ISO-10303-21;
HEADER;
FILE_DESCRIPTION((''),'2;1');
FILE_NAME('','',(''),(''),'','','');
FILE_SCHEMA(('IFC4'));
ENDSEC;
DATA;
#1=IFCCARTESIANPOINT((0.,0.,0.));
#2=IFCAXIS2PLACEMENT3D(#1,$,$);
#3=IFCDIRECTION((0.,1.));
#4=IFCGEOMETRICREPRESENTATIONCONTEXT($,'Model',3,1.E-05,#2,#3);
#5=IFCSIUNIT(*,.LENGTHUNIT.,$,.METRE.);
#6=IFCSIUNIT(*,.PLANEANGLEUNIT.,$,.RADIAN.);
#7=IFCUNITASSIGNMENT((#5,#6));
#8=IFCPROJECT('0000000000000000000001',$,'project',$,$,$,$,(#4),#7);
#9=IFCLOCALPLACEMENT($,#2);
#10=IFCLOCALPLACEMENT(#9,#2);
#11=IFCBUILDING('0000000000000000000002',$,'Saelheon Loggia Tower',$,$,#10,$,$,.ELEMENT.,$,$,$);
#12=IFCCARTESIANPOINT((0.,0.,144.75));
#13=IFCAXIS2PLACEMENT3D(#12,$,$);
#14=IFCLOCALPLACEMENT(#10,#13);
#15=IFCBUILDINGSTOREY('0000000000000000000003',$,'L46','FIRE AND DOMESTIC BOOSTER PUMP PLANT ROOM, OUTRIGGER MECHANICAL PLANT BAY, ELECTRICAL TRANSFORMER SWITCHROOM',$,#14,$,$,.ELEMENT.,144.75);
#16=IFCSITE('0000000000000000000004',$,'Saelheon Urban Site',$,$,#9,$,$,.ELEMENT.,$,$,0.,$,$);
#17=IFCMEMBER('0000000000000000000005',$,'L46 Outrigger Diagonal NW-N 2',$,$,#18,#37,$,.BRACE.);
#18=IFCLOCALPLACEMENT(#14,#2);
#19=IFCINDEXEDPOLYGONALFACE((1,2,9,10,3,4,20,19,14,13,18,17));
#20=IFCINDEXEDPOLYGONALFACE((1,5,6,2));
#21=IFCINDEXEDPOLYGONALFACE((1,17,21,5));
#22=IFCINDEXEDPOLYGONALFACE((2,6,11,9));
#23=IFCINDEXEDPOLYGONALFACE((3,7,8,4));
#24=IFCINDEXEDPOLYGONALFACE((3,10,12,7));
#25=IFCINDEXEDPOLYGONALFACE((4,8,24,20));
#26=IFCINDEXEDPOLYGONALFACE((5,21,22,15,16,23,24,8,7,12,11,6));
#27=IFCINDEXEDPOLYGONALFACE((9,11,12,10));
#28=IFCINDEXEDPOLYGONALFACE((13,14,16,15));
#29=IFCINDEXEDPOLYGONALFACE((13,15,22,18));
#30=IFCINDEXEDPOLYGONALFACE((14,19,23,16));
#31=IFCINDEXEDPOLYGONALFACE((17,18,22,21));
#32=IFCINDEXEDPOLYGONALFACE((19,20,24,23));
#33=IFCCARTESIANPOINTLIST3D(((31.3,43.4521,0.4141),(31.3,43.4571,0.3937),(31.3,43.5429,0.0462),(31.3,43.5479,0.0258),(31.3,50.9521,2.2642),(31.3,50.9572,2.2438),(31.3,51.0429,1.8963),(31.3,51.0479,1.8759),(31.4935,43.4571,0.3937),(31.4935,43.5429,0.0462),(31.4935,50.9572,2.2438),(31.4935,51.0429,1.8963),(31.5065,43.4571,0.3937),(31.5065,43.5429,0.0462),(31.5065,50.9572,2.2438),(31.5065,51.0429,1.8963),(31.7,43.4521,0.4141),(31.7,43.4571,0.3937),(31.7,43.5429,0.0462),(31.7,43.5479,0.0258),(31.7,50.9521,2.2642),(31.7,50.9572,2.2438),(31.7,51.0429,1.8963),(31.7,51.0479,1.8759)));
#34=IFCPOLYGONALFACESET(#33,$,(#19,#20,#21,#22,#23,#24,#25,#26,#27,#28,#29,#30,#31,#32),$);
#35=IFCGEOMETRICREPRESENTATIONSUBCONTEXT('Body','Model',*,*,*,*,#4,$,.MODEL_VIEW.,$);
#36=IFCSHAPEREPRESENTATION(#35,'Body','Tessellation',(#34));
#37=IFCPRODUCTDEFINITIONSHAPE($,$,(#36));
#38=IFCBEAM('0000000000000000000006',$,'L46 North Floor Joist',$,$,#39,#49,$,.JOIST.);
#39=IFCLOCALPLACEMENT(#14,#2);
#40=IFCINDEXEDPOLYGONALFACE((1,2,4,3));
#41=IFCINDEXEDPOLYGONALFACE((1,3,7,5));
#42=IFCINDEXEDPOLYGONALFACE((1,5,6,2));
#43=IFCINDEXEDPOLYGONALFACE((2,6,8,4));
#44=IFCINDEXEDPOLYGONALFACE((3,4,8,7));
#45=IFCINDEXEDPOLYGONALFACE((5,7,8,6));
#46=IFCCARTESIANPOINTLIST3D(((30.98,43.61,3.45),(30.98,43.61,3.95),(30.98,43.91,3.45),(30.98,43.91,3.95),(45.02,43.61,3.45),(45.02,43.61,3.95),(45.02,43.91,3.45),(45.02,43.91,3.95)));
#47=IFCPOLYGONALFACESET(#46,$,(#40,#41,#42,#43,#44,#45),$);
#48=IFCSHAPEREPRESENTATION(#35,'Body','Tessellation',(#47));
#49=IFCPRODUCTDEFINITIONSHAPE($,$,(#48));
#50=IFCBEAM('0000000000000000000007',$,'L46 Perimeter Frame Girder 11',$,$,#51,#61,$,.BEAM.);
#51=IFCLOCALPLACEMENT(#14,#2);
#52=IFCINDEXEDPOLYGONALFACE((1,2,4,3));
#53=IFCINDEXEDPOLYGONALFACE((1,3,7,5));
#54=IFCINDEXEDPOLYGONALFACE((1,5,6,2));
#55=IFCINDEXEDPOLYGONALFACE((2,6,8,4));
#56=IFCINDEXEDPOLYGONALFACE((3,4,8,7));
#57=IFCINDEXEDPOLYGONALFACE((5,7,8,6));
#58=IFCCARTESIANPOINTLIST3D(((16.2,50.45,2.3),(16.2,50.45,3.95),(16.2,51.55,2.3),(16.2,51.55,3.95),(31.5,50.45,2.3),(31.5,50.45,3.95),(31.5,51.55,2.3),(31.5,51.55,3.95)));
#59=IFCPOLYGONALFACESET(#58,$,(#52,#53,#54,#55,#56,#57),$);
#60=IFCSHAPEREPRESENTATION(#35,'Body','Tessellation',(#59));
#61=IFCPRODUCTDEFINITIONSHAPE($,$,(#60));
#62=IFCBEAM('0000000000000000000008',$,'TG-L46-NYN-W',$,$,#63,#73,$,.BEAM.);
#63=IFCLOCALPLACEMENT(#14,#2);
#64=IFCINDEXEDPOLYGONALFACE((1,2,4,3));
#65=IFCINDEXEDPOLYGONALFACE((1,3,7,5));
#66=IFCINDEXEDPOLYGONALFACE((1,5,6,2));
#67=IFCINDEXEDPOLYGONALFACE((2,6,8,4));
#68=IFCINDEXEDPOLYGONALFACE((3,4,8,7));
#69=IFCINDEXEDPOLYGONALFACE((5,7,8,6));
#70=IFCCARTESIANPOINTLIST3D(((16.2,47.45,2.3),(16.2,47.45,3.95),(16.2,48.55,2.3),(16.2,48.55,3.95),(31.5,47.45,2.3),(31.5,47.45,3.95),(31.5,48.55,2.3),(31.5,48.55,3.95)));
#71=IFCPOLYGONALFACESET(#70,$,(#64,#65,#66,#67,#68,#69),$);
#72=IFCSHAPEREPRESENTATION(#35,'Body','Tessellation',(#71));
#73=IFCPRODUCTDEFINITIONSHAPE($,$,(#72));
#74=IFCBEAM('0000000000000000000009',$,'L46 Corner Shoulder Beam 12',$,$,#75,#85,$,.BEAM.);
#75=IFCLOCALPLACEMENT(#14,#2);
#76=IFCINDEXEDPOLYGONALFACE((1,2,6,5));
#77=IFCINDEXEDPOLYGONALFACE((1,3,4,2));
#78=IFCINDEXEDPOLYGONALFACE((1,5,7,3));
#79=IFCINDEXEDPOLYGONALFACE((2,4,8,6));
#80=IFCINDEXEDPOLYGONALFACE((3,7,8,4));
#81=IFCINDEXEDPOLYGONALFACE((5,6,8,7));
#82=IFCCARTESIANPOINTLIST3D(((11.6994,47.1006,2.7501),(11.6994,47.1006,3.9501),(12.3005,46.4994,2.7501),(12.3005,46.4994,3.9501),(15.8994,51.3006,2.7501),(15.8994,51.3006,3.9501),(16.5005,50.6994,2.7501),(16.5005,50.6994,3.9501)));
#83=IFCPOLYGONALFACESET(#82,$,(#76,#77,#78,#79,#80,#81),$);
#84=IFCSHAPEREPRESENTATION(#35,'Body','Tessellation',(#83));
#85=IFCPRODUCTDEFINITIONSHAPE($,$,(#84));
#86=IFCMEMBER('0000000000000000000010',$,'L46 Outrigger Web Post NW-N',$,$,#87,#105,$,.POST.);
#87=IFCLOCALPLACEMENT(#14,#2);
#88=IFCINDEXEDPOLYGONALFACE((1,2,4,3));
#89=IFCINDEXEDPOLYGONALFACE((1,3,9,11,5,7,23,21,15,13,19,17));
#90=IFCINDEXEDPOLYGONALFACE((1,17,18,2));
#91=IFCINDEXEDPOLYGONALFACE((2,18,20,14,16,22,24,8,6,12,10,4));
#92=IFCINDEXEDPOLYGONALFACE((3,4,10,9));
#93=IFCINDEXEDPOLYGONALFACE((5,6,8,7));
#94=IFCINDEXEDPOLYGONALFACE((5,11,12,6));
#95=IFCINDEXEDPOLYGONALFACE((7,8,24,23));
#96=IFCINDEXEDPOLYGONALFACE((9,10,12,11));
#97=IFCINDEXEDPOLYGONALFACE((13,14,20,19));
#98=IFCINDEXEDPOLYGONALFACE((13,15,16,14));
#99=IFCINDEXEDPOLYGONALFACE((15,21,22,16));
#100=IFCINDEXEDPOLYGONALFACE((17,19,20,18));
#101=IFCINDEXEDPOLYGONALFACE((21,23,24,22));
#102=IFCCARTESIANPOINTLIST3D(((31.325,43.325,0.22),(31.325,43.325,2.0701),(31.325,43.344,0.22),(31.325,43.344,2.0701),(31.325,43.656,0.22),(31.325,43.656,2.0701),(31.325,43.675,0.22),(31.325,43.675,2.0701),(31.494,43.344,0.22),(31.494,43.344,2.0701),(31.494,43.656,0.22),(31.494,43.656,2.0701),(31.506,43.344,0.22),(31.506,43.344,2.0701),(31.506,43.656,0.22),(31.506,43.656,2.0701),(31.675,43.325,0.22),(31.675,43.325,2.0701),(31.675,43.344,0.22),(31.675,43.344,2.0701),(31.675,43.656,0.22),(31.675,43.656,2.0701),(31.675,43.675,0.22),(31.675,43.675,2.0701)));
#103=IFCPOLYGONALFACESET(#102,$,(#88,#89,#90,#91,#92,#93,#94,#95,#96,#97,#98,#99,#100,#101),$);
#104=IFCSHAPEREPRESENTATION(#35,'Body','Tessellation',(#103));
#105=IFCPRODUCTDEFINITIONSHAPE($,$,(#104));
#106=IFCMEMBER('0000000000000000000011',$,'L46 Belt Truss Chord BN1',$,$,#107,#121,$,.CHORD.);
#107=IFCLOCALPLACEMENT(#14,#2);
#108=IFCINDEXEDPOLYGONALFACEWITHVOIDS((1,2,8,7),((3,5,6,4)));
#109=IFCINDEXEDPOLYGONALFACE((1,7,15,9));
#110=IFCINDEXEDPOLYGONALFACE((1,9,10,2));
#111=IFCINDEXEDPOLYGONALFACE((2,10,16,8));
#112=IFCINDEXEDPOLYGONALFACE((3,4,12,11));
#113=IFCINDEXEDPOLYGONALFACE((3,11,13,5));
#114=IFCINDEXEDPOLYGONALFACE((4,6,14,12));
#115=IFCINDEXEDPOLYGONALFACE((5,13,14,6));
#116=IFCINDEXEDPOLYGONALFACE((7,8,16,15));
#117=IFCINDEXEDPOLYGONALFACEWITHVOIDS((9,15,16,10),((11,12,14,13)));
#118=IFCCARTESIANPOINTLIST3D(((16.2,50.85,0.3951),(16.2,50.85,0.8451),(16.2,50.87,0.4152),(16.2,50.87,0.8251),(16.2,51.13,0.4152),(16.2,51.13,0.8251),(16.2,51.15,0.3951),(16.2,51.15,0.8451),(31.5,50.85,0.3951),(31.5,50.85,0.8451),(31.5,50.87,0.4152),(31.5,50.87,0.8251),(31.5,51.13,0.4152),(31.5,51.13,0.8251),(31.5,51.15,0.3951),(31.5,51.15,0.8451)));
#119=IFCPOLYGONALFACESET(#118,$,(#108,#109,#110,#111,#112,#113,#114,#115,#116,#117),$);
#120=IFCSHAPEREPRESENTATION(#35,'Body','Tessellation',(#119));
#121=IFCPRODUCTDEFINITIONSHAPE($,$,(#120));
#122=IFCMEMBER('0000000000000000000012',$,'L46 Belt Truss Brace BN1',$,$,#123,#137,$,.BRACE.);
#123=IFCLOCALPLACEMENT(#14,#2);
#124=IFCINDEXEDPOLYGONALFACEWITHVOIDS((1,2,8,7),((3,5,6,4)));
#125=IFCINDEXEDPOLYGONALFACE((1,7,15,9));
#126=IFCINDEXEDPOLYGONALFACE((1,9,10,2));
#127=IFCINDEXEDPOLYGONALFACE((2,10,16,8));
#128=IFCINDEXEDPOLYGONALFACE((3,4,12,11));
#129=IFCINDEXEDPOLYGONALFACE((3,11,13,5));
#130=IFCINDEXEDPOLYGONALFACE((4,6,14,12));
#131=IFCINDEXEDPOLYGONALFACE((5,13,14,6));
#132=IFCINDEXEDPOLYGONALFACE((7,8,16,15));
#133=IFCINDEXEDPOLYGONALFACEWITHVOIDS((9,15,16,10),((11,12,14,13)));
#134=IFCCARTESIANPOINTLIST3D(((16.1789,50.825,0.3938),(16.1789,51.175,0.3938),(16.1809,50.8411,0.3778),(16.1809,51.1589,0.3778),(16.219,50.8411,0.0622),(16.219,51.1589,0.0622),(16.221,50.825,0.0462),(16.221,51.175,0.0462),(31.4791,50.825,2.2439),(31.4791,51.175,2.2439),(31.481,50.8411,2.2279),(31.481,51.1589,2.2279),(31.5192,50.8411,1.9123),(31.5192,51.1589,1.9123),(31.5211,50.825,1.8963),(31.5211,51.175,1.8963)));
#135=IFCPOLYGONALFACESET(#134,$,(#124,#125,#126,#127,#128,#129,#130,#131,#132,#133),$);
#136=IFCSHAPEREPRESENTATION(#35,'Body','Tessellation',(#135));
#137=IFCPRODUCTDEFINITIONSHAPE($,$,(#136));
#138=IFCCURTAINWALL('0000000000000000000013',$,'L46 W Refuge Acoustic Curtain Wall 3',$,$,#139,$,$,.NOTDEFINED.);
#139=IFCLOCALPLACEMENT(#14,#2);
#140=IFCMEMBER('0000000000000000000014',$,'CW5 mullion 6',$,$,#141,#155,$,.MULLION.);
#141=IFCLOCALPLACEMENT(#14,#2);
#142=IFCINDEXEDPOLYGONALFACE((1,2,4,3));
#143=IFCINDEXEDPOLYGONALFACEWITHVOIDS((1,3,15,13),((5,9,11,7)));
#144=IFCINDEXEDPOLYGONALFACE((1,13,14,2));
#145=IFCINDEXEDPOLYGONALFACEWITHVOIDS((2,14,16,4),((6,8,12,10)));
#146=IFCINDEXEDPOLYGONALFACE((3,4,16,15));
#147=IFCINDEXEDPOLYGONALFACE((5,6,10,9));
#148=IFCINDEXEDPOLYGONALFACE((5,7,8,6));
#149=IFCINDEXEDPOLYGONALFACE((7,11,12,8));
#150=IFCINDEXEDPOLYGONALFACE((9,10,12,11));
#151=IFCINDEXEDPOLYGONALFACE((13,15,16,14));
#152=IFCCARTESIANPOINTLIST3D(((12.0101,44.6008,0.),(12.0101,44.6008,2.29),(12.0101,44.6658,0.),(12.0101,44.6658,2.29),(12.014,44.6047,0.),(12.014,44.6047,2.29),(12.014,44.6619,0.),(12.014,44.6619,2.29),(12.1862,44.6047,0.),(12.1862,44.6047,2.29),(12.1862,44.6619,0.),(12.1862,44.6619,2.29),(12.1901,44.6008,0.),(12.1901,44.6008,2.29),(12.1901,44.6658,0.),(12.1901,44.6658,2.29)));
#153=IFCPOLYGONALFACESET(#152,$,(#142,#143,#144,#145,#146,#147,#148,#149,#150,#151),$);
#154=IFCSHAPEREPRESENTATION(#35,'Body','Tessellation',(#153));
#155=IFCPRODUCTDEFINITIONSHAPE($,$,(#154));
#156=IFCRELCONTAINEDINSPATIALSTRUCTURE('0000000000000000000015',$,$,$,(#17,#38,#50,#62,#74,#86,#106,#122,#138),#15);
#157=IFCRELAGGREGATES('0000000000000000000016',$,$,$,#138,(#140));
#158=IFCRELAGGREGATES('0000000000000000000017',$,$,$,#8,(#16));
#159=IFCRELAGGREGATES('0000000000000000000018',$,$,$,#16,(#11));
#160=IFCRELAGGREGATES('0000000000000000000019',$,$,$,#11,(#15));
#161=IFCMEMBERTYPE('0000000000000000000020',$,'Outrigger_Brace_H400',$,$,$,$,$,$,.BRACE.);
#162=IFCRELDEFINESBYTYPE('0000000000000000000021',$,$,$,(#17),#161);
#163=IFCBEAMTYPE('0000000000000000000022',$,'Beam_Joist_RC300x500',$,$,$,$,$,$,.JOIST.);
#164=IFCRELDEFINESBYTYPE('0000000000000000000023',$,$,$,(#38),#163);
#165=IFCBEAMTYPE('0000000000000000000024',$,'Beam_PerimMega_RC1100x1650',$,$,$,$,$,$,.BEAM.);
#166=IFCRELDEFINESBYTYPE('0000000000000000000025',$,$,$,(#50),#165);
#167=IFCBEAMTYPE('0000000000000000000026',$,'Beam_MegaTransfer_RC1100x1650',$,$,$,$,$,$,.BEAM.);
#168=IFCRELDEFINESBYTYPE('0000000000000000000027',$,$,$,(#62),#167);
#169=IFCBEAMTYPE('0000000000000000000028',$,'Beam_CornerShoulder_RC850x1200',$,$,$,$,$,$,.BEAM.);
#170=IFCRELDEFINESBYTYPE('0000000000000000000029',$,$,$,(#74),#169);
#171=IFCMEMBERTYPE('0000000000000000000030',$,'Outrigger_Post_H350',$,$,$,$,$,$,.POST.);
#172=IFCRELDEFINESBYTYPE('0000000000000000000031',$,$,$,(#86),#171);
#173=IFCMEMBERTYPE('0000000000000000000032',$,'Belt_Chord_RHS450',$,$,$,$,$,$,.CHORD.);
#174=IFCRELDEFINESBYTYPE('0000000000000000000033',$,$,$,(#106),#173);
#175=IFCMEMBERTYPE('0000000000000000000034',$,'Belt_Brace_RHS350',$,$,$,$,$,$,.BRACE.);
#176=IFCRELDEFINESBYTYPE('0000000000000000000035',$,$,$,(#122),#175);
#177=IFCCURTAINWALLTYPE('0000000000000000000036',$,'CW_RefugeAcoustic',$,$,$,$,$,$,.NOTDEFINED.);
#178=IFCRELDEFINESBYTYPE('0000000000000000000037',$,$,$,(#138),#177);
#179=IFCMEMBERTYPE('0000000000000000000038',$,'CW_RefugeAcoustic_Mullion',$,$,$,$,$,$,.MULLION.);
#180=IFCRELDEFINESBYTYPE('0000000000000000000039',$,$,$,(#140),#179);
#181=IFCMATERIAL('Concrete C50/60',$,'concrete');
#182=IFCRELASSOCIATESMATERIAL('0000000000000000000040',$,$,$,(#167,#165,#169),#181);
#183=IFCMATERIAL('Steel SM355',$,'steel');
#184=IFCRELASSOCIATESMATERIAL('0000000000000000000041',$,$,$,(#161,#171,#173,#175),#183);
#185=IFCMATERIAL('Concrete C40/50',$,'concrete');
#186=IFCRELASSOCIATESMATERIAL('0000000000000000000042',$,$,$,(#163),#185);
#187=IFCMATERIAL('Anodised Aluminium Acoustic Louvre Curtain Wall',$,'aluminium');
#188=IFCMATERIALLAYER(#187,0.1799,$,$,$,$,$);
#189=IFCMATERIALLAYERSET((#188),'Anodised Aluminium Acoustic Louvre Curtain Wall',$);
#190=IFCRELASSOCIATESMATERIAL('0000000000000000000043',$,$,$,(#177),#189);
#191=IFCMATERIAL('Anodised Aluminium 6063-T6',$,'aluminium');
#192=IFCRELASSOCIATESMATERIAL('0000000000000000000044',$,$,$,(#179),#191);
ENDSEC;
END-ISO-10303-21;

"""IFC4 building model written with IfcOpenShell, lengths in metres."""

from ifc_helpers import new_model, si_unit, direction, frame, origin, origin_2d, place, context, subcontext, project, spatial, rectangle, hollow_rectangle, i_section, extrude, source, transform, mapped, material, layer, layer_set, material_profile, profile_set, type_object, element, aggregate, save


model = new_model("IFC4")

# Units and contexts
model_context = context("Model", 3, precision=1e-05, world=origin(), true_north=direction((0.0, 1.0)))
body_context = subcontext(model_context, "Body", "Model", "MODEL_VIEW")
ifc_project = project(units=[si_unit("LENGTHUNIT", "METRE"), si_unit("PLANEANGLEUNIT", "RADIAN")], contexts=[model_context])

# Site, building, storey
site_placement = place(None, origin())
site = spatial("IfcSite", under=ifc_project, at=site_placement, Name="Saelheon Urban Site", CompositionType="ELEMENT", RefElevation=0.0)
building_placement = place(site_placement, origin())
building = spatial("IfcBuilding", under=site, at=building_placement, Name="Saelheon Loggia Tower", CompositionType="ELEMENT")
storey_placement = place(building_placement, frame((0.0, 0.0, 144.75)))
storey = spatial("IfcBuildingStorey", under=building, at=storey_placement, Name="L46", Description="FIRE AND DOMESTIC BOOSTER PUMP PLANT ROOM, OUTRIGGER MECHANICAL PLANT BAY, ELECTRICAL TRANSFORMER SWITCHROOM", CompositionType="ELEMENT", Elevation=144.75)

# Shared definitions
ifc_material_1 = material(Name="Concrete C50/60", Category="concrete")

# Shared definitions
ifc_material_profile_1 = material_profile(ifc_material_1, rectangle(XDim=1.1001, YDim=1.6499, at=origin_2d()), Name="RC-1100x1650")
ifc_profile_set_1 = profile_set([ifc_material_profile_1], Name="Concrete C50/60")
beam_type_1 = type_object("IfcBeamType", Name="Beam_MegaTransfer_RC1100x1650", PredefinedType="BEAM", material=ifc_profile_set_1)

# Member
ifc_material_2 = material(Name="Steel SM355", Category="steel")
ifc_material_profile_2 = material_profile(ifc_material_2, i_section(OverallWidth=0.3999, OverallDepth=0.3999, WebThickness=0.0129, FlangeThickness=0.021, at=origin_2d()), Name="H-400x400x13x21")
ifc_profile_set_2 = profile_set([ifc_material_profile_2], Name="Steel SM355")
member_type_1 = type_object("IfcMemberType", Name="Outrigger_Brace_H400", PredefinedType="BRACE", material=ifc_profile_set_2)
shared_shape_1 = source(origin(), body_context, "Body", "SweptSolid", [
    extrude(i_section(OverallWidth=0.3999, OverallDepth=0.3999, WebThickness=0.0129, FlangeThickness=0.021, at=origin_2d()), origin(), (0.0, 0.0, 1.0), 7.7249),
])
member_1_placement = place(storey_placement, frame((31.5, 43.5, 0.22), z_axis=(0.0, 0.970896, 0.2395), x_axis=(-1.0, 0.0, 0.0)))
element("IfcMember", 1, at=member_1_placement, inside=storey, type_object=member_type_1, Name="L46 Outrigger Diagonal NW-N 2", PredefinedType="BRACE", context=body_context, shape_type="MappedRepresentation", body=[
    mapped(shared_shape_1, transform((0.0, 0.0, 0.0), scale=1.0)),
])

# Beams
ifc_material_3 = material(Name="Concrete C40/50", Category="concrete")
ifc_material_profile_3 = material_profile(ifc_material_3, rectangle(XDim=0.3, YDim=0.5, at=origin_2d()), Name="RC-300x500")
ifc_profile_set_3 = profile_set([ifc_material_profile_3], Name="Concrete C40/50")
beam_type_2 = type_object("IfcBeamType", Name="Beam_Joist_RC300x500", PredefinedType="JOIST", material=ifc_profile_set_3)
shared_shape_2 = source(origin(), body_context, "Body", "SweptSolid", [
    extrude(rectangle(XDim=0.3, YDim=0.5, at=origin_2d()), origin(), (0.0, 0.0, 1.0), 14.04),
])
beam_1_placement = place(storey_placement, frame((30.98, 43.76, 3.7), z_axis=(1.0, 0.0, 0.0), x_axis=(0.0, 1.0, 0.0)))
element("IfcBeam", 2, at=beam_1_placement, inside=storey, type_object=beam_type_2, Name="L46 North Floor Joist", PredefinedType="JOIST", context=body_context, shape_type="MappedRepresentation", body=[
    mapped(shared_shape_2, transform((0.0, 0.0, 0.0), scale=1.0)),
])
ifc_material_profile_4 = material_profile(ifc_material_1, rectangle(XDim=1.1001, YDim=1.6499, at=origin_2d()), Name="RC-1100x1650")
ifc_profile_set_4 = profile_set([ifc_material_profile_4], Name="Concrete C50/60")
beam_type_3 = type_object("IfcBeamType", Name="Beam_PerimMega_RC1100x1650", PredefinedType="BEAM", material=ifc_profile_set_4)
shared_shape_3 = source(origin(), body_context, "Body", "SweptSolid", [
    extrude(rectangle(XDim=1.1001, YDim=1.6499, at=origin_2d()), origin(), (0.0, 0.0, 1.0), 15.3),
])
beam_2_placement = place(storey_placement, frame((31.5, 51.0, 3.125), z_axis=(-1.0, 0.0, 0.0), x_axis=(0.0, -1.0, 0.0)))
element("IfcBeam", 3, at=beam_2_placement, inside=storey, type_object=beam_type_3, Name="L46 Perimeter Frame Girder 11", PredefinedType="BEAM", context=body_context, shape_type="MappedRepresentation", body=[
    mapped(shared_shape_3, transform((0.0, 0.0, 0.0), scale=1.0)),
])
beam_3_placement = place(storey_placement, frame((16.2, 48.0, 3.125), z_axis=(1.0, 0.0, 0.0), x_axis=(0.0, 1.0, 0.0)))
element("IfcBeam", 4, at=beam_3_placement, inside=storey, type_object=beam_type_1, Name="TG-L46-NYN-W", PredefinedType="BEAM", context=body_context, shape_type="MappedRepresentation", body=[
    mapped(shared_shape_3, transform((0.0, 0.0, 0.0), scale=1.0)),
])
ifc_material_profile_5 = material_profile(ifc_material_1, rectangle(XDim=0.8501, YDim=1.2, at=origin_2d()), Name="RC-850x1200")
ifc_profile_set_5 = profile_set([ifc_material_profile_5], Name="Concrete C50/60")
beam_type_4 = type_object("IfcBeamType", Name="Beam_CornerShoulder_RC850x1200", PredefinedType="BEAM", material=ifc_profile_set_5)
shared_shape_4 = source(origin(), body_context, "Body", "SweptSolid", [
    extrude(rectangle(XDim=0.8501, YDim=1.2, at=origin_2d()), origin(), (0.0, 0.0, 1.0), 5.9397),
])
beam_4_placement = place(storey_placement, frame((16.2, 51.0, 3.3501), z_axis=(-0.707107, -0.707107, 0.0), x_axis=(0.707107, -0.707107, 0.0)))
element("IfcBeam", 5, at=beam_4_placement, inside=storey, type_object=beam_type_4, Name="L46 Corner Shoulder Beam 12", PredefinedType="BEAM", context=body_context, shape_type="MappedRepresentation", body=[
    mapped(shared_shape_4, transform((0.0, 0.0, 0.0), scale=1.0)),
])

# Members
ifc_material_profile_6 = material_profile(ifc_material_2, i_section(OverallWidth=0.3501, OverallDepth=0.3501, WebThickness=0.012, FlangeThickness=0.019, at=origin_2d()), Name="H-350x350x12x19")
ifc_profile_set_6 = profile_set([ifc_material_profile_6], Name="Steel SM355")
member_type_2 = type_object("IfcMemberType", Name="Outrigger_Post_H350", PredefinedType="POST", material=ifc_profile_set_6)
shared_shape_5 = source(origin(), body_context, "Body", "SweptSolid", [
    extrude(i_section(OverallWidth=0.3501, OverallDepth=0.3501, WebThickness=0.012, FlangeThickness=0.019, at=origin_2d()), origin(), (0.0, 0.0, 1.0), 1.8501),
])
member_2_placement = place(storey_placement, frame((31.5, 43.5, 0.22), z_axis=(0.0, 0.0, 1.0), x_axis=(1.0, 0.0, 0.0)))
element("IfcMember", 6, at=member_2_placement, inside=storey, type_object=member_type_2, Name="L46 Outrigger Web Post NW-N", PredefinedType="POST", context=body_context, shape_type="MappedRepresentation", body=[
    mapped(shared_shape_5, transform((0.0, 0.0, 0.0), scale=1.0)),
])
ifc_material_profile_7 = material_profile(ifc_material_2, hollow_rectangle(XDim=0.3, YDim=0.45, WallThickness=0.02, at=origin_2d()), Name="RHS-450x300x20")
ifc_profile_set_7 = profile_set([ifc_material_profile_7], Name="Steel SM355")
member_type_3 = type_object("IfcMemberType", Name="Belt_Chord_RHS450", PredefinedType="CHORD", material=ifc_profile_set_7)
shared_shape_6 = source(origin(), body_context, "Body", "SweptSolid", [
    extrude(hollow_rectangle(XDim=0.3, YDim=0.45, WallThickness=0.02, at=origin_2d()), origin(), (0.0, 0.0, 1.0), 15.3),
])
member_3_placement = place(storey_placement, frame((16.2, 51.0, 0.6201), z_axis=(1.0, 0.0, 0.0), x_axis=(0.0, 1.0, 0.0)))
element("IfcMember", 7, at=member_3_placement, inside=storey, type_object=member_type_3, Name="L46 Belt Truss Chord BN1", PredefinedType="CHORD", context=body_context, shape_type="MappedRepresentation", body=[
    mapped(shared_shape_6, transform((0.0, 0.0, 0.0), scale=1.0)),
])
ifc_material_profile_8 = material_profile(ifc_material_2, hollow_rectangle(XDim=0.3501, YDim=0.3501, WallThickness=0.0161, at=origin_2d()), Name="RHS-350x350x16")
ifc_profile_set_8 = profile_set([ifc_material_profile_8], Name="Steel SM355")
member_type_4 = type_object("IfcMemberType", Name="Belt_Brace_RHS350", PredefinedType="BRACE", material=ifc_profile_set_8)
shared_shape_7 = source(origin(), body_context, "Body", "SweptSolid", [
    extrude(hollow_rectangle(XDim=0.3501, YDim=0.3501, WallThickness=0.0161, at=origin_2d()), origin(), (0.0, 0.0, 1.0), 15.4116),
])
member_4_placement = place(storey_placement, frame((16.2, 51.0, 0.22), z_axis=(0.992768, 0.0, 0.120047), x_axis=(0.0, 1.0, 0.0)))
element("IfcMember", 8, at=member_4_placement, inside=storey, type_object=member_type_4, Name="L46 Belt Truss Brace BN1", PredefinedType="BRACE", context=body_context, shape_type="MappedRepresentation", body=[
    mapped(shared_shape_7, transform((0.0, 0.0, 0.0), scale=1.0)),
])

# Curtain wall, member
ifc_material_4 = material(Name="Anodised Aluminium Acoustic Louvre Curtain Wall", Category="aluminium")
ifc_layer_1 = layer(ifc_material_4, 0.1799)
ifc_layer_set_1 = layer_set([ifc_layer_1], Name="Anodised Aluminium Acoustic Louvre Curtain Wall")
curtain_wall_type = type_object("IfcCurtainWallType", Name="CW_RefugeAcoustic", PredefinedType="NOTDEFINED", material=ifc_layer_set_1)
curtain_wall_placement = place(storey_placement, origin())
curtain_wall = element("IfcCurtainWall", 9, at=curtain_wall_placement, inside=storey, type_object=curtain_wall_type, Name="L46 W Refuge Acoustic Curtain Wall 3", PredefinedType="NOTDEFINED")
ifc_material_5 = material(Name="Anodised Aluminium 6063-T6", Category="aluminium")
ifc_material_profile_9 = material_profile(ifc_material_5, hollow_rectangle(XDim=0.0649, YDim=0.1799, WallThickness=0.0039, at=origin_2d()), Name="RHS-180x65x4")
ifc_profile_set_9 = profile_set([ifc_material_profile_9], Name="Anodised Aluminium 6063-T6")
member_type_5 = type_object("IfcMemberType", Name="CW_RefugeAcoustic_Mullion", PredefinedType="MULLION", material=ifc_profile_set_9)
shared_shape_8 = source(origin(), body_context, "Body", "SweptSolid", [
    extrude(hollow_rectangle(XDim=0.0649, YDim=0.1799, WallThickness=0.0039, at=origin_2d()), origin(), (0.0, 0.0, 1.0), 2.29),
])
member_5_placement = place(storey_placement, frame((12.1001, 44.6333, 0.0), z_axis=(0.0, 0.0, 1.0), x_axis=(0.0, 1.0, 0.0)))
member_5 = element("IfcMember", 10, at=member_5_placement, type_object=member_type_5, Name="CW5 mullion 6", PredefinedType="MULLION", context=body_context, shape_type="MappedRepresentation", body=[
    mapped(shared_shape_8, transform((0.0, 0.0, 0.0), scale=1.0)),
])

aggregate(curtain_wall, [member_5])

save(model, "model.ifc")
